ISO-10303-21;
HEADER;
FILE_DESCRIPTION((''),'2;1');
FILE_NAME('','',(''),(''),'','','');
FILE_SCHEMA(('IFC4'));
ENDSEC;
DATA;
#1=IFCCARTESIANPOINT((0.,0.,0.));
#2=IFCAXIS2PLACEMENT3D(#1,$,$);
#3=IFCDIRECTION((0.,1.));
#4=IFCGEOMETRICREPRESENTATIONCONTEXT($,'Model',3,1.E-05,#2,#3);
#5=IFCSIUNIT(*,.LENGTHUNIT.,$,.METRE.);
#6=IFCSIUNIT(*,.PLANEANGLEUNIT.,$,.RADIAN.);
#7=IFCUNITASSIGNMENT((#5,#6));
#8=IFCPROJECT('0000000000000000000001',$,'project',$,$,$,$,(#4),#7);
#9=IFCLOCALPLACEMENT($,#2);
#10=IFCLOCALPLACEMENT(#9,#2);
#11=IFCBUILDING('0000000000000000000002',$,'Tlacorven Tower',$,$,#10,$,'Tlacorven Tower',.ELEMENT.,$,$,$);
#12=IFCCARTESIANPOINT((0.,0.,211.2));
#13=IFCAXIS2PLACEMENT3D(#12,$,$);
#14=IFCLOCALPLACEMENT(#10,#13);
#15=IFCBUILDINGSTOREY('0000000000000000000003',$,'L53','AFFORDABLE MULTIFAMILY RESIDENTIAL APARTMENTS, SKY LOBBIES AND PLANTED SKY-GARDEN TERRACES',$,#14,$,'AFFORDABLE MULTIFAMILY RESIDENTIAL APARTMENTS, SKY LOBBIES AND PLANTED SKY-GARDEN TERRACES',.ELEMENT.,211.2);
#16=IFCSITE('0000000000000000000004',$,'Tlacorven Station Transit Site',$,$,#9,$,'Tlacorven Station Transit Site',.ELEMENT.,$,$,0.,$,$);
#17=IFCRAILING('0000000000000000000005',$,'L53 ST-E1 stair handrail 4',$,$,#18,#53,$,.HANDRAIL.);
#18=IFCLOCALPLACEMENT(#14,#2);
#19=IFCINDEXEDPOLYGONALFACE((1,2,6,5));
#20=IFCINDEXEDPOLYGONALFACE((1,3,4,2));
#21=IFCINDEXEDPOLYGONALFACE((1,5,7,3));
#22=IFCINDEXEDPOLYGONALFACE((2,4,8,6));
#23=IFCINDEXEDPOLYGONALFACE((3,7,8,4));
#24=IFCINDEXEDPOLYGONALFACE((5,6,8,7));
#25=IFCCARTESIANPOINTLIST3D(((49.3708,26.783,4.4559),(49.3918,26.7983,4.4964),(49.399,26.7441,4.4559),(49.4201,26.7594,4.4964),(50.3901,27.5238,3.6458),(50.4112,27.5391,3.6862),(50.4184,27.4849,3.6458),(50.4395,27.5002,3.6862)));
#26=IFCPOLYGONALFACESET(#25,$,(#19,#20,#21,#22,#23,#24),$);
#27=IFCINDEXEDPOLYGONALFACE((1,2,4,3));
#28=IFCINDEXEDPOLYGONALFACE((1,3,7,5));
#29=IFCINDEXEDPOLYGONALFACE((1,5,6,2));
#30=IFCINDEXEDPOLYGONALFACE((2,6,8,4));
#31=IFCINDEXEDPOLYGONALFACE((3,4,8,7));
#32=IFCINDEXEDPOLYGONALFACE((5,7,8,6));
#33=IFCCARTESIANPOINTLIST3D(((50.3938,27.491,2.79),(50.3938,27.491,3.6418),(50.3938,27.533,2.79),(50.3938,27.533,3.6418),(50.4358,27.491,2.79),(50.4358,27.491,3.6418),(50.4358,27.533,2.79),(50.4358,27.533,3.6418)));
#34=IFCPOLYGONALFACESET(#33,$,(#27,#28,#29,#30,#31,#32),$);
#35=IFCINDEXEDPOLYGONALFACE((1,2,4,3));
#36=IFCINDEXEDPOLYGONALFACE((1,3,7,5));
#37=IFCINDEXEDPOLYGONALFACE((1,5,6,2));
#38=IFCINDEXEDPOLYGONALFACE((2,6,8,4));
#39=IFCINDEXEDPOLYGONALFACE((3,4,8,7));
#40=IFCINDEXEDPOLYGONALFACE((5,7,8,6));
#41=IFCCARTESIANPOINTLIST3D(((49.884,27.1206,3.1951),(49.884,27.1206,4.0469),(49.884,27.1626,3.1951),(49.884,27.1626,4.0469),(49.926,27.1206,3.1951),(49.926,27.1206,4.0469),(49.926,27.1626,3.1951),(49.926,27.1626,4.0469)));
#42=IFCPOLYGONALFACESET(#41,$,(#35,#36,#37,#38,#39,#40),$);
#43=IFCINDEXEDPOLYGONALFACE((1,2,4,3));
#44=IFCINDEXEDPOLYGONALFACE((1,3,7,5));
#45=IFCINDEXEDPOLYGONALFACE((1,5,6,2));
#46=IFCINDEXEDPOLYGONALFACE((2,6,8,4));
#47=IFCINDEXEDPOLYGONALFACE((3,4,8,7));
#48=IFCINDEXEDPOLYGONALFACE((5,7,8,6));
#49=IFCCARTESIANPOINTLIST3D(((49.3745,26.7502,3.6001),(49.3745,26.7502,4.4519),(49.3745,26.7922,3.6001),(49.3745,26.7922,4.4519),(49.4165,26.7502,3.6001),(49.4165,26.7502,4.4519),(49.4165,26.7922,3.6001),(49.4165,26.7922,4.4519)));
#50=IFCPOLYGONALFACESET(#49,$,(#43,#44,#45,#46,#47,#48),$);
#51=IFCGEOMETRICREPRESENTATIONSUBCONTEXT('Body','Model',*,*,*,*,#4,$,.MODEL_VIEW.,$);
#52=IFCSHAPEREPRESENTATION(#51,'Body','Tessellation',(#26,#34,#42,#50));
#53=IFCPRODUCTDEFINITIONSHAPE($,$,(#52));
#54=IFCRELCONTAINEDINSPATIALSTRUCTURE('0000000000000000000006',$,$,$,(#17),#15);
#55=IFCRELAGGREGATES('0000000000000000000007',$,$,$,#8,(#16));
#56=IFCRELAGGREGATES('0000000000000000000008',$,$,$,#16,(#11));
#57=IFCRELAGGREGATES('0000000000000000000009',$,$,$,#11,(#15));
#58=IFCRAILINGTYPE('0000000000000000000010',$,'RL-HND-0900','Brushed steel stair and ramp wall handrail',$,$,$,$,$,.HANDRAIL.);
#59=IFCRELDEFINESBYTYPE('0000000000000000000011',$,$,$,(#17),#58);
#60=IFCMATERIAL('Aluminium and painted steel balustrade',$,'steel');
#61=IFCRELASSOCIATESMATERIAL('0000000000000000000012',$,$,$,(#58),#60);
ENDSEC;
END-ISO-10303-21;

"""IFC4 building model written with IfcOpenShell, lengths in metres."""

from ifc_helpers import new_model, si_unit, direction, frame, origin, origin_2d, place, context, subcontext, project, spatial, rectangle, extrude, source, transform, mapped, material, type_object, element, save


model = new_model("IFC4")

# Units and contexts
model_context = context("Model", 3, precision=1e-05, world=origin(), true_north=direction((0.0, 1.0)))
body_context = subcontext(model_context, "Body", "Model", "MODEL_VIEW")
ifc_project = project(units=[si_unit("LENGTHUNIT", "METRE"), si_unit("PLANEANGLEUNIT", "RADIAN")], contexts=[model_context])

# Site, building, storey
site_placement = place(None, origin())
site = spatial("IfcSite", under=ifc_project, at=site_placement, Name="Tlacorven Station Transit Site", LongName="Tlacorven Station Transit Site", CompositionType="ELEMENT", RefElevation=0.0)
building_placement = place(site_placement, origin())
building = spatial("IfcBuilding", under=site, at=building_placement, Name="Tlacorven Tower", LongName="Tlacorven Tower", CompositionType="ELEMENT")
storey_placement = place(building_placement, frame((0.0, 0.0, 211.2)))
storey = spatial("IfcBuildingStorey", under=building, at=storey_placement, Name="L53", Description="AFFORDABLE MULTIFAMILY RESIDENTIAL APARTMENTS, SKY LOBBIES AND PLANTED SKY-GARDEN TERRACES", LongName="AFFORDABLE MULTIFAMILY RESIDENTIAL APARTMENTS, SKY LOBBIES AND PLANTED SKY-GARDEN TERRACES", CompositionType="ELEMENT", Elevation=211.2)

# Railing
ifc_material_1 = material(Name="Aluminium and painted steel balustrade", Category="steel")
railing_type_1 = type_object("IfcRailingType", Name="RL-HND-0900", Description="Brushed steel stair and ramp wall handrail", PredefinedType="HANDRAIL", material=ifc_material_1)
shared_shape_1 = source(origin(), body_context, "Body", "SweptSolid", [
    extrude(rectangle(XDim=0.0481, YDim=0.0481, at=origin_2d()), frame((0.0, 0.0, 0.876), z_axis=(-0.680461, -0.494496, 0.540783), x_axis=(0.587872, -0.808954, 0.0)), (0.0, 0.0, 1.0), 1.498),
    extrude(rectangle(XDim=0.042, YDim=0.042, at=origin_2d()), origin(), (0.0, 0.0, 1.0), 0.8518),
    extrude(rectangle(XDim=0.042, YDim=0.042, at=origin_2d()), frame((-0.5098, -0.3704, 0.405)), (0.0, 0.0, 1.0), 0.8518),
    extrude(rectangle(XDim=0.042, YDim=0.042, at=origin_2d()), frame((-1.0193, -0.7407, 0.8101)), (0.0, 0.0, 1.0), 0.8518),
])
railing_1_placement = place(storey_placement, frame((50.4148, 27.512, 2.79)))
element("IfcRailing", 1, at=railing_1_placement, inside=storey, type_object=railing_type_1, Name="L53 ST-E1 stair handrail 4", PredefinedType="HANDRAIL", context=body_context, shape_type="MappedRepresentation", body=[
    mapped(shared_shape_1, transform((0.0, 0.0, 0.0), scale=1.0)),
])

save(model, "model.ifc")
